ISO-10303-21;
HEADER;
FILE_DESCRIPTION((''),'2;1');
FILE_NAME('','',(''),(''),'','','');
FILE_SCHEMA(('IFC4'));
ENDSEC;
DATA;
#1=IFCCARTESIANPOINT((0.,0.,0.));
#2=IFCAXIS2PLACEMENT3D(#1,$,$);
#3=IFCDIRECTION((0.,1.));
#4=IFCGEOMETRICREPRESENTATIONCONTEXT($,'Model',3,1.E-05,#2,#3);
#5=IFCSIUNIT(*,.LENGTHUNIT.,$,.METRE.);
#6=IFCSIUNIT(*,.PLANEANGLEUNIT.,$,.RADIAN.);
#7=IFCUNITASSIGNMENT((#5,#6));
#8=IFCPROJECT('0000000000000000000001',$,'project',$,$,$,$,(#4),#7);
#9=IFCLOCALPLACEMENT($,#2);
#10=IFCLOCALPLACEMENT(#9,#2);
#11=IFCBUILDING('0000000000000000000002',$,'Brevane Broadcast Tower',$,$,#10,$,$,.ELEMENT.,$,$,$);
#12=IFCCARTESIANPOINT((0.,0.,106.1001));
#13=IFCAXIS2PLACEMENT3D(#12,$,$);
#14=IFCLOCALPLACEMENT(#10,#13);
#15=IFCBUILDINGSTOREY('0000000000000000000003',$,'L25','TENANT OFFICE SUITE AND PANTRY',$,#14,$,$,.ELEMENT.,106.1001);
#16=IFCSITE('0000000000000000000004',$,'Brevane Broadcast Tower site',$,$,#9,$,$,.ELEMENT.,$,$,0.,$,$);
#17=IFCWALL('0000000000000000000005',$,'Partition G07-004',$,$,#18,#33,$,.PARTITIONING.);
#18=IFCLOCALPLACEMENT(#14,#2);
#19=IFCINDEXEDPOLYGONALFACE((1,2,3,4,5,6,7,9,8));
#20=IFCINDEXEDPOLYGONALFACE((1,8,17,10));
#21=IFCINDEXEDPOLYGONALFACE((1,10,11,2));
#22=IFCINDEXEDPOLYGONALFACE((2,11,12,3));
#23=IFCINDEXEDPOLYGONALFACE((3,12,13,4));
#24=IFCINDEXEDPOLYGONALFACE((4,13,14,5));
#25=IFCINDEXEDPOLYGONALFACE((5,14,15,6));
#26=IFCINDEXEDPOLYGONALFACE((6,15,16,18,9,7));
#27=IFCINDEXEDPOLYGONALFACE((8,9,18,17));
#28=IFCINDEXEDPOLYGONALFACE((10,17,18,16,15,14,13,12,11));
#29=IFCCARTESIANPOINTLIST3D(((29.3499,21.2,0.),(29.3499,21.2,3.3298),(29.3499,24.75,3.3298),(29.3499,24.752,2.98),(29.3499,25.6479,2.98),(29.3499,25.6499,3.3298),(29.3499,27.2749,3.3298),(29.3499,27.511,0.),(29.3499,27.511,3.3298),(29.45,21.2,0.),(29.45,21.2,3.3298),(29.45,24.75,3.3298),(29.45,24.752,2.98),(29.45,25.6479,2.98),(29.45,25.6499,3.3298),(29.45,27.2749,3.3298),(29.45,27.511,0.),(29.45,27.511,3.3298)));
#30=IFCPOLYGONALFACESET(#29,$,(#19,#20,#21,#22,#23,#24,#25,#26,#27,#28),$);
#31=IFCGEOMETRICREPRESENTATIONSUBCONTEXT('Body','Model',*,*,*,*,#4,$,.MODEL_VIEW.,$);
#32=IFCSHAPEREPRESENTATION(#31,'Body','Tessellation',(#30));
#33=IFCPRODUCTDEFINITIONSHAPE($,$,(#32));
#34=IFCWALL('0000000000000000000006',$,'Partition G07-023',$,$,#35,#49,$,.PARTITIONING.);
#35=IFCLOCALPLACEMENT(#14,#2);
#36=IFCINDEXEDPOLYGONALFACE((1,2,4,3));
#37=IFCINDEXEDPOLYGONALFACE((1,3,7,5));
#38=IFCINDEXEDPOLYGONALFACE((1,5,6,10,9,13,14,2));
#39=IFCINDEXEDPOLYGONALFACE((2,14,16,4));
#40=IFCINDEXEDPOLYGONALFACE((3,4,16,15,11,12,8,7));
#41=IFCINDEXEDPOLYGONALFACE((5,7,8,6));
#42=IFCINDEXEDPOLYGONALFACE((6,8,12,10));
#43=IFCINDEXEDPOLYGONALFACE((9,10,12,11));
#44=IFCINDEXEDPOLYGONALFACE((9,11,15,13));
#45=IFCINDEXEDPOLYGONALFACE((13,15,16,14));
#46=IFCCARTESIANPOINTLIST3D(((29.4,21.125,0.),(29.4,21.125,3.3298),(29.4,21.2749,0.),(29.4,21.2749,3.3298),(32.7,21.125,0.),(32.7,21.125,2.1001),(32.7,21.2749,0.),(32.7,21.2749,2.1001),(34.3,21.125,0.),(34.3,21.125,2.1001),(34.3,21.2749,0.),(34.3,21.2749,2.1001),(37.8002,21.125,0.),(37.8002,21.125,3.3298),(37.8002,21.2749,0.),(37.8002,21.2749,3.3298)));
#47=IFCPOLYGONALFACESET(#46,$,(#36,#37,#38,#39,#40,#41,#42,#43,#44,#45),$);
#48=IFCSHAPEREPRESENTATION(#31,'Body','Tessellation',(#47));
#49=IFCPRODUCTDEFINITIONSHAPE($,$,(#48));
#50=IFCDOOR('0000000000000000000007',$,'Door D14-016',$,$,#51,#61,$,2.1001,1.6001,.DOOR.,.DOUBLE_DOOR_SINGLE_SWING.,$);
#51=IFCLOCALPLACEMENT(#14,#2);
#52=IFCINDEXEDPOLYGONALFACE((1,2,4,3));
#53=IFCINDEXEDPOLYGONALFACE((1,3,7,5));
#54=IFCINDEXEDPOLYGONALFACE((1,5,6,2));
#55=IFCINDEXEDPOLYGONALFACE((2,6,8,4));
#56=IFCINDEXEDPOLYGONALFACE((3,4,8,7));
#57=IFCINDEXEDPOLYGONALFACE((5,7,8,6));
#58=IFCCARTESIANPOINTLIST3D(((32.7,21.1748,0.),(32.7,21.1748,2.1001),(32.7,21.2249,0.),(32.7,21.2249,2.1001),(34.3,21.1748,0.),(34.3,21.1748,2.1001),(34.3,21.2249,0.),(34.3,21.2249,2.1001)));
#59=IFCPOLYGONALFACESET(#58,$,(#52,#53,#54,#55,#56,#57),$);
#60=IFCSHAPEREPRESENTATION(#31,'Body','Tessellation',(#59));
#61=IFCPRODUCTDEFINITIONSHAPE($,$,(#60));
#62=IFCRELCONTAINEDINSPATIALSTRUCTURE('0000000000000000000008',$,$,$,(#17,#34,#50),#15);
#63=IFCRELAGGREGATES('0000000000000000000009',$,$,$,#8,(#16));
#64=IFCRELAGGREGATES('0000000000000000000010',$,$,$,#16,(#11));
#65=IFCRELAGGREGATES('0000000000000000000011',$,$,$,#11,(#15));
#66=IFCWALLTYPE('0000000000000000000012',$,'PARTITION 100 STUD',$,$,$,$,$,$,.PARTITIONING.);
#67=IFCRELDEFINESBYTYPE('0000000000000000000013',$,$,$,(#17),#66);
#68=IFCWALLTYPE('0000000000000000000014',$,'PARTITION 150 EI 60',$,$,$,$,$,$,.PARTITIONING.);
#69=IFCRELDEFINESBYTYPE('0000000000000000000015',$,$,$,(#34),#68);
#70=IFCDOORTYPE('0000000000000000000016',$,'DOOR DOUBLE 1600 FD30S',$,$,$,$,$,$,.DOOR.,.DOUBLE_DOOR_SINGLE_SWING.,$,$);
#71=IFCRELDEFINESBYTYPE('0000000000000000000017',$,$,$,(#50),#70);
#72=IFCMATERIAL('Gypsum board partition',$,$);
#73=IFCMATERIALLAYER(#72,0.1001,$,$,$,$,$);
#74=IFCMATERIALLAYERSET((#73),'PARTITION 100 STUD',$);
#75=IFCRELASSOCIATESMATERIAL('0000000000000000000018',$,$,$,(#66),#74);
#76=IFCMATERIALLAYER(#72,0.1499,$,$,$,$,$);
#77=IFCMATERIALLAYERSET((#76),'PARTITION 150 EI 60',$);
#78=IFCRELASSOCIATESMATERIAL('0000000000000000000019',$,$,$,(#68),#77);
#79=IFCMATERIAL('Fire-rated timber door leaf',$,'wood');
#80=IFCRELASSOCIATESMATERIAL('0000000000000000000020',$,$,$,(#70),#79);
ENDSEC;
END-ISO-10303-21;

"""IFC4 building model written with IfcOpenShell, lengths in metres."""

from ifc_helpers import new_model, si_unit, direction, frame, frame_2d, origin, place, context, subcontext, project, spatial, polyline, rectangle, outline, extrude, material, layer, layer_set, type_object, element, fill, save


model = new_model("IFC4")

# Units and contexts
model_context = context("Model", 3, precision=1e-05, world=origin(), true_north=direction((0.0, 1.0)))
body_context = subcontext(model_context, "Body", "Model", "MODEL_VIEW")
ifc_project = project(units=[si_unit("LENGTHUNIT", "METRE"), si_unit("PLANEANGLEUNIT", "RADIAN")], contexts=[model_context])

# Site, building, storey
site_placement = place(None, origin())
site = spatial("IfcSite", under=ifc_project, at=site_placement, Name="Brevane Broadcast Tower site", CompositionType="ELEMENT", RefElevation=0.0)
building_placement = place(site_placement, origin())
building = spatial("IfcBuilding", under=site, at=building_placement, Name="Brevane Broadcast Tower", CompositionType="ELEMENT")
storey_placement = place(building_placement, frame((0.0, 0.0, 106.1001)))
storey = spatial("IfcBuildingStorey", under=building, at=storey_placement, Name="L25", Description="TENANT OFFICE SUITE AND PANTRY", CompositionType="ELEMENT", Elevation=106.1001)

# Wall
ifc_material_1 = material(Name="Gypsum board partition")
ifc_layer_1 = layer(ifc_material_1, 0.1001)
ifc_layer_set_1 = layer_set([ifc_layer_1], Name="PARTITION 100 STUD")
wall_type_1 = type_object("IfcWallType", Name="PARTITION 100 STUD", PredefinedType="PARTITIONING", material=ifc_layer_set_1)
wall_1_placement = place(storey_placement, frame((29.3999, 27.511, 0.0), z_axis=(0.0, 0.0, 1.0), x_axis=(0.0, -1.0, 0.0)))
element("IfcWall", 1, at=wall_1_placement, inside=storey, type_object=wall_type_1, Name="Partition G07-004", PredefinedType="PARTITIONING", context=body_context, shape_type="SweptSolid", body=[
    extrude(outline(polyline([(0.0, 0.0), (6.311, 0.0), (6.311, 3.3298), (2.761, 3.3298), (2.759, 2.98), (1.863, 2.98), (1.8611, 3.3298), (0.2361, 3.3298), (0.0, 3.3298), (0.0, 0.0)])), frame((0.0, 0.05, 0.0), z_axis=(0.0, -1.0, 0.0), x_axis=(1.0, 0.0, 0.0)), (0.0, 0.0, 1.0), 0.1001),
])

# Wall, opening, door
ifc_layer_2 = layer(ifc_material_1, 0.1499)
ifc_layer_set_2 = layer_set([ifc_layer_2], Name="PARTITION 150 EI 60")
wall_type_2 = type_object("IfcWallType", Name="PARTITION 150 EI 60", PredefinedType="PARTITIONING", material=ifc_layer_set_2)
wall_2_placement = place(storey_placement, frame((29.3999, 21.2, 0.0), z_axis=(0.0, 0.0, 1.0), x_axis=(1.0, 0.0, 0.0)))
wall_2 = element("IfcWall", 2, at=wall_2_placement, inside=storey, type_object=wall_type_2, Name="Partition G07-023", PredefinedType="PARTITIONING", context=body_context, shape_type="SweptSolid", body=[
    extrude(rectangle(XDim=8.4001, YDim=0.1499, at=frame_2d((4.2002, 0.0))), origin(), (0.0, 0.0, 1.0), 3.3298),
])
opening_placement = place(wall_2_placement, frame((3.3, 0.0, 0.0)))
opening = element("IfcOpeningElement", 3, at=opening_placement, cuts=wall_2, PredefinedType="OPENING", context=body_context, shape_type="SweptSolid", body=[
    extrude(rectangle(XDim=1.6001, YDim=2.1001, at=frame_2d((0.8, 1.05))), frame((0.0, 0.085, 0.0), z_axis=(0.0, -1.0, 0.0), x_axis=(1.0, 0.0, 0.0)), (0.0, 0.0, 1.0), 0.1699),
])
ifc_material_2 = material(Name="Fire-rated timber door leaf", Category="wood")
door_type = type_object("IfcDoorType", Name="DOOR DOUBLE 1600 FD30S", OperationType="DOUBLE_DOOR_SINGLE_SWING", PredefinedType="DOOR", material=ifc_material_2)
door_placement = place(opening_placement, origin())
door = element("IfcDoor", 4, at=door_placement, inside=storey, type_object=door_type, Name="Door D14-016", OperationType="DOUBLE_DOOR_SINGLE_SWING", OverallHeight=2.1001, OverallWidth=1.6001, PredefinedType="DOOR", context=body_context, shape_type="SweptSolid", body=[
    extrude(rectangle(XDim=1.6001, YDim=2.1001, at=frame_2d((0.8, 1.05))), frame((0.0, 0.0249, 0.0), z_axis=(0.0, -1.0, 0.0), x_axis=(1.0, 0.0, 0.0)), (0.0, 0.0, 1.0), 0.05),
])
fill(opening, door)

save(model, "model.ifc")
